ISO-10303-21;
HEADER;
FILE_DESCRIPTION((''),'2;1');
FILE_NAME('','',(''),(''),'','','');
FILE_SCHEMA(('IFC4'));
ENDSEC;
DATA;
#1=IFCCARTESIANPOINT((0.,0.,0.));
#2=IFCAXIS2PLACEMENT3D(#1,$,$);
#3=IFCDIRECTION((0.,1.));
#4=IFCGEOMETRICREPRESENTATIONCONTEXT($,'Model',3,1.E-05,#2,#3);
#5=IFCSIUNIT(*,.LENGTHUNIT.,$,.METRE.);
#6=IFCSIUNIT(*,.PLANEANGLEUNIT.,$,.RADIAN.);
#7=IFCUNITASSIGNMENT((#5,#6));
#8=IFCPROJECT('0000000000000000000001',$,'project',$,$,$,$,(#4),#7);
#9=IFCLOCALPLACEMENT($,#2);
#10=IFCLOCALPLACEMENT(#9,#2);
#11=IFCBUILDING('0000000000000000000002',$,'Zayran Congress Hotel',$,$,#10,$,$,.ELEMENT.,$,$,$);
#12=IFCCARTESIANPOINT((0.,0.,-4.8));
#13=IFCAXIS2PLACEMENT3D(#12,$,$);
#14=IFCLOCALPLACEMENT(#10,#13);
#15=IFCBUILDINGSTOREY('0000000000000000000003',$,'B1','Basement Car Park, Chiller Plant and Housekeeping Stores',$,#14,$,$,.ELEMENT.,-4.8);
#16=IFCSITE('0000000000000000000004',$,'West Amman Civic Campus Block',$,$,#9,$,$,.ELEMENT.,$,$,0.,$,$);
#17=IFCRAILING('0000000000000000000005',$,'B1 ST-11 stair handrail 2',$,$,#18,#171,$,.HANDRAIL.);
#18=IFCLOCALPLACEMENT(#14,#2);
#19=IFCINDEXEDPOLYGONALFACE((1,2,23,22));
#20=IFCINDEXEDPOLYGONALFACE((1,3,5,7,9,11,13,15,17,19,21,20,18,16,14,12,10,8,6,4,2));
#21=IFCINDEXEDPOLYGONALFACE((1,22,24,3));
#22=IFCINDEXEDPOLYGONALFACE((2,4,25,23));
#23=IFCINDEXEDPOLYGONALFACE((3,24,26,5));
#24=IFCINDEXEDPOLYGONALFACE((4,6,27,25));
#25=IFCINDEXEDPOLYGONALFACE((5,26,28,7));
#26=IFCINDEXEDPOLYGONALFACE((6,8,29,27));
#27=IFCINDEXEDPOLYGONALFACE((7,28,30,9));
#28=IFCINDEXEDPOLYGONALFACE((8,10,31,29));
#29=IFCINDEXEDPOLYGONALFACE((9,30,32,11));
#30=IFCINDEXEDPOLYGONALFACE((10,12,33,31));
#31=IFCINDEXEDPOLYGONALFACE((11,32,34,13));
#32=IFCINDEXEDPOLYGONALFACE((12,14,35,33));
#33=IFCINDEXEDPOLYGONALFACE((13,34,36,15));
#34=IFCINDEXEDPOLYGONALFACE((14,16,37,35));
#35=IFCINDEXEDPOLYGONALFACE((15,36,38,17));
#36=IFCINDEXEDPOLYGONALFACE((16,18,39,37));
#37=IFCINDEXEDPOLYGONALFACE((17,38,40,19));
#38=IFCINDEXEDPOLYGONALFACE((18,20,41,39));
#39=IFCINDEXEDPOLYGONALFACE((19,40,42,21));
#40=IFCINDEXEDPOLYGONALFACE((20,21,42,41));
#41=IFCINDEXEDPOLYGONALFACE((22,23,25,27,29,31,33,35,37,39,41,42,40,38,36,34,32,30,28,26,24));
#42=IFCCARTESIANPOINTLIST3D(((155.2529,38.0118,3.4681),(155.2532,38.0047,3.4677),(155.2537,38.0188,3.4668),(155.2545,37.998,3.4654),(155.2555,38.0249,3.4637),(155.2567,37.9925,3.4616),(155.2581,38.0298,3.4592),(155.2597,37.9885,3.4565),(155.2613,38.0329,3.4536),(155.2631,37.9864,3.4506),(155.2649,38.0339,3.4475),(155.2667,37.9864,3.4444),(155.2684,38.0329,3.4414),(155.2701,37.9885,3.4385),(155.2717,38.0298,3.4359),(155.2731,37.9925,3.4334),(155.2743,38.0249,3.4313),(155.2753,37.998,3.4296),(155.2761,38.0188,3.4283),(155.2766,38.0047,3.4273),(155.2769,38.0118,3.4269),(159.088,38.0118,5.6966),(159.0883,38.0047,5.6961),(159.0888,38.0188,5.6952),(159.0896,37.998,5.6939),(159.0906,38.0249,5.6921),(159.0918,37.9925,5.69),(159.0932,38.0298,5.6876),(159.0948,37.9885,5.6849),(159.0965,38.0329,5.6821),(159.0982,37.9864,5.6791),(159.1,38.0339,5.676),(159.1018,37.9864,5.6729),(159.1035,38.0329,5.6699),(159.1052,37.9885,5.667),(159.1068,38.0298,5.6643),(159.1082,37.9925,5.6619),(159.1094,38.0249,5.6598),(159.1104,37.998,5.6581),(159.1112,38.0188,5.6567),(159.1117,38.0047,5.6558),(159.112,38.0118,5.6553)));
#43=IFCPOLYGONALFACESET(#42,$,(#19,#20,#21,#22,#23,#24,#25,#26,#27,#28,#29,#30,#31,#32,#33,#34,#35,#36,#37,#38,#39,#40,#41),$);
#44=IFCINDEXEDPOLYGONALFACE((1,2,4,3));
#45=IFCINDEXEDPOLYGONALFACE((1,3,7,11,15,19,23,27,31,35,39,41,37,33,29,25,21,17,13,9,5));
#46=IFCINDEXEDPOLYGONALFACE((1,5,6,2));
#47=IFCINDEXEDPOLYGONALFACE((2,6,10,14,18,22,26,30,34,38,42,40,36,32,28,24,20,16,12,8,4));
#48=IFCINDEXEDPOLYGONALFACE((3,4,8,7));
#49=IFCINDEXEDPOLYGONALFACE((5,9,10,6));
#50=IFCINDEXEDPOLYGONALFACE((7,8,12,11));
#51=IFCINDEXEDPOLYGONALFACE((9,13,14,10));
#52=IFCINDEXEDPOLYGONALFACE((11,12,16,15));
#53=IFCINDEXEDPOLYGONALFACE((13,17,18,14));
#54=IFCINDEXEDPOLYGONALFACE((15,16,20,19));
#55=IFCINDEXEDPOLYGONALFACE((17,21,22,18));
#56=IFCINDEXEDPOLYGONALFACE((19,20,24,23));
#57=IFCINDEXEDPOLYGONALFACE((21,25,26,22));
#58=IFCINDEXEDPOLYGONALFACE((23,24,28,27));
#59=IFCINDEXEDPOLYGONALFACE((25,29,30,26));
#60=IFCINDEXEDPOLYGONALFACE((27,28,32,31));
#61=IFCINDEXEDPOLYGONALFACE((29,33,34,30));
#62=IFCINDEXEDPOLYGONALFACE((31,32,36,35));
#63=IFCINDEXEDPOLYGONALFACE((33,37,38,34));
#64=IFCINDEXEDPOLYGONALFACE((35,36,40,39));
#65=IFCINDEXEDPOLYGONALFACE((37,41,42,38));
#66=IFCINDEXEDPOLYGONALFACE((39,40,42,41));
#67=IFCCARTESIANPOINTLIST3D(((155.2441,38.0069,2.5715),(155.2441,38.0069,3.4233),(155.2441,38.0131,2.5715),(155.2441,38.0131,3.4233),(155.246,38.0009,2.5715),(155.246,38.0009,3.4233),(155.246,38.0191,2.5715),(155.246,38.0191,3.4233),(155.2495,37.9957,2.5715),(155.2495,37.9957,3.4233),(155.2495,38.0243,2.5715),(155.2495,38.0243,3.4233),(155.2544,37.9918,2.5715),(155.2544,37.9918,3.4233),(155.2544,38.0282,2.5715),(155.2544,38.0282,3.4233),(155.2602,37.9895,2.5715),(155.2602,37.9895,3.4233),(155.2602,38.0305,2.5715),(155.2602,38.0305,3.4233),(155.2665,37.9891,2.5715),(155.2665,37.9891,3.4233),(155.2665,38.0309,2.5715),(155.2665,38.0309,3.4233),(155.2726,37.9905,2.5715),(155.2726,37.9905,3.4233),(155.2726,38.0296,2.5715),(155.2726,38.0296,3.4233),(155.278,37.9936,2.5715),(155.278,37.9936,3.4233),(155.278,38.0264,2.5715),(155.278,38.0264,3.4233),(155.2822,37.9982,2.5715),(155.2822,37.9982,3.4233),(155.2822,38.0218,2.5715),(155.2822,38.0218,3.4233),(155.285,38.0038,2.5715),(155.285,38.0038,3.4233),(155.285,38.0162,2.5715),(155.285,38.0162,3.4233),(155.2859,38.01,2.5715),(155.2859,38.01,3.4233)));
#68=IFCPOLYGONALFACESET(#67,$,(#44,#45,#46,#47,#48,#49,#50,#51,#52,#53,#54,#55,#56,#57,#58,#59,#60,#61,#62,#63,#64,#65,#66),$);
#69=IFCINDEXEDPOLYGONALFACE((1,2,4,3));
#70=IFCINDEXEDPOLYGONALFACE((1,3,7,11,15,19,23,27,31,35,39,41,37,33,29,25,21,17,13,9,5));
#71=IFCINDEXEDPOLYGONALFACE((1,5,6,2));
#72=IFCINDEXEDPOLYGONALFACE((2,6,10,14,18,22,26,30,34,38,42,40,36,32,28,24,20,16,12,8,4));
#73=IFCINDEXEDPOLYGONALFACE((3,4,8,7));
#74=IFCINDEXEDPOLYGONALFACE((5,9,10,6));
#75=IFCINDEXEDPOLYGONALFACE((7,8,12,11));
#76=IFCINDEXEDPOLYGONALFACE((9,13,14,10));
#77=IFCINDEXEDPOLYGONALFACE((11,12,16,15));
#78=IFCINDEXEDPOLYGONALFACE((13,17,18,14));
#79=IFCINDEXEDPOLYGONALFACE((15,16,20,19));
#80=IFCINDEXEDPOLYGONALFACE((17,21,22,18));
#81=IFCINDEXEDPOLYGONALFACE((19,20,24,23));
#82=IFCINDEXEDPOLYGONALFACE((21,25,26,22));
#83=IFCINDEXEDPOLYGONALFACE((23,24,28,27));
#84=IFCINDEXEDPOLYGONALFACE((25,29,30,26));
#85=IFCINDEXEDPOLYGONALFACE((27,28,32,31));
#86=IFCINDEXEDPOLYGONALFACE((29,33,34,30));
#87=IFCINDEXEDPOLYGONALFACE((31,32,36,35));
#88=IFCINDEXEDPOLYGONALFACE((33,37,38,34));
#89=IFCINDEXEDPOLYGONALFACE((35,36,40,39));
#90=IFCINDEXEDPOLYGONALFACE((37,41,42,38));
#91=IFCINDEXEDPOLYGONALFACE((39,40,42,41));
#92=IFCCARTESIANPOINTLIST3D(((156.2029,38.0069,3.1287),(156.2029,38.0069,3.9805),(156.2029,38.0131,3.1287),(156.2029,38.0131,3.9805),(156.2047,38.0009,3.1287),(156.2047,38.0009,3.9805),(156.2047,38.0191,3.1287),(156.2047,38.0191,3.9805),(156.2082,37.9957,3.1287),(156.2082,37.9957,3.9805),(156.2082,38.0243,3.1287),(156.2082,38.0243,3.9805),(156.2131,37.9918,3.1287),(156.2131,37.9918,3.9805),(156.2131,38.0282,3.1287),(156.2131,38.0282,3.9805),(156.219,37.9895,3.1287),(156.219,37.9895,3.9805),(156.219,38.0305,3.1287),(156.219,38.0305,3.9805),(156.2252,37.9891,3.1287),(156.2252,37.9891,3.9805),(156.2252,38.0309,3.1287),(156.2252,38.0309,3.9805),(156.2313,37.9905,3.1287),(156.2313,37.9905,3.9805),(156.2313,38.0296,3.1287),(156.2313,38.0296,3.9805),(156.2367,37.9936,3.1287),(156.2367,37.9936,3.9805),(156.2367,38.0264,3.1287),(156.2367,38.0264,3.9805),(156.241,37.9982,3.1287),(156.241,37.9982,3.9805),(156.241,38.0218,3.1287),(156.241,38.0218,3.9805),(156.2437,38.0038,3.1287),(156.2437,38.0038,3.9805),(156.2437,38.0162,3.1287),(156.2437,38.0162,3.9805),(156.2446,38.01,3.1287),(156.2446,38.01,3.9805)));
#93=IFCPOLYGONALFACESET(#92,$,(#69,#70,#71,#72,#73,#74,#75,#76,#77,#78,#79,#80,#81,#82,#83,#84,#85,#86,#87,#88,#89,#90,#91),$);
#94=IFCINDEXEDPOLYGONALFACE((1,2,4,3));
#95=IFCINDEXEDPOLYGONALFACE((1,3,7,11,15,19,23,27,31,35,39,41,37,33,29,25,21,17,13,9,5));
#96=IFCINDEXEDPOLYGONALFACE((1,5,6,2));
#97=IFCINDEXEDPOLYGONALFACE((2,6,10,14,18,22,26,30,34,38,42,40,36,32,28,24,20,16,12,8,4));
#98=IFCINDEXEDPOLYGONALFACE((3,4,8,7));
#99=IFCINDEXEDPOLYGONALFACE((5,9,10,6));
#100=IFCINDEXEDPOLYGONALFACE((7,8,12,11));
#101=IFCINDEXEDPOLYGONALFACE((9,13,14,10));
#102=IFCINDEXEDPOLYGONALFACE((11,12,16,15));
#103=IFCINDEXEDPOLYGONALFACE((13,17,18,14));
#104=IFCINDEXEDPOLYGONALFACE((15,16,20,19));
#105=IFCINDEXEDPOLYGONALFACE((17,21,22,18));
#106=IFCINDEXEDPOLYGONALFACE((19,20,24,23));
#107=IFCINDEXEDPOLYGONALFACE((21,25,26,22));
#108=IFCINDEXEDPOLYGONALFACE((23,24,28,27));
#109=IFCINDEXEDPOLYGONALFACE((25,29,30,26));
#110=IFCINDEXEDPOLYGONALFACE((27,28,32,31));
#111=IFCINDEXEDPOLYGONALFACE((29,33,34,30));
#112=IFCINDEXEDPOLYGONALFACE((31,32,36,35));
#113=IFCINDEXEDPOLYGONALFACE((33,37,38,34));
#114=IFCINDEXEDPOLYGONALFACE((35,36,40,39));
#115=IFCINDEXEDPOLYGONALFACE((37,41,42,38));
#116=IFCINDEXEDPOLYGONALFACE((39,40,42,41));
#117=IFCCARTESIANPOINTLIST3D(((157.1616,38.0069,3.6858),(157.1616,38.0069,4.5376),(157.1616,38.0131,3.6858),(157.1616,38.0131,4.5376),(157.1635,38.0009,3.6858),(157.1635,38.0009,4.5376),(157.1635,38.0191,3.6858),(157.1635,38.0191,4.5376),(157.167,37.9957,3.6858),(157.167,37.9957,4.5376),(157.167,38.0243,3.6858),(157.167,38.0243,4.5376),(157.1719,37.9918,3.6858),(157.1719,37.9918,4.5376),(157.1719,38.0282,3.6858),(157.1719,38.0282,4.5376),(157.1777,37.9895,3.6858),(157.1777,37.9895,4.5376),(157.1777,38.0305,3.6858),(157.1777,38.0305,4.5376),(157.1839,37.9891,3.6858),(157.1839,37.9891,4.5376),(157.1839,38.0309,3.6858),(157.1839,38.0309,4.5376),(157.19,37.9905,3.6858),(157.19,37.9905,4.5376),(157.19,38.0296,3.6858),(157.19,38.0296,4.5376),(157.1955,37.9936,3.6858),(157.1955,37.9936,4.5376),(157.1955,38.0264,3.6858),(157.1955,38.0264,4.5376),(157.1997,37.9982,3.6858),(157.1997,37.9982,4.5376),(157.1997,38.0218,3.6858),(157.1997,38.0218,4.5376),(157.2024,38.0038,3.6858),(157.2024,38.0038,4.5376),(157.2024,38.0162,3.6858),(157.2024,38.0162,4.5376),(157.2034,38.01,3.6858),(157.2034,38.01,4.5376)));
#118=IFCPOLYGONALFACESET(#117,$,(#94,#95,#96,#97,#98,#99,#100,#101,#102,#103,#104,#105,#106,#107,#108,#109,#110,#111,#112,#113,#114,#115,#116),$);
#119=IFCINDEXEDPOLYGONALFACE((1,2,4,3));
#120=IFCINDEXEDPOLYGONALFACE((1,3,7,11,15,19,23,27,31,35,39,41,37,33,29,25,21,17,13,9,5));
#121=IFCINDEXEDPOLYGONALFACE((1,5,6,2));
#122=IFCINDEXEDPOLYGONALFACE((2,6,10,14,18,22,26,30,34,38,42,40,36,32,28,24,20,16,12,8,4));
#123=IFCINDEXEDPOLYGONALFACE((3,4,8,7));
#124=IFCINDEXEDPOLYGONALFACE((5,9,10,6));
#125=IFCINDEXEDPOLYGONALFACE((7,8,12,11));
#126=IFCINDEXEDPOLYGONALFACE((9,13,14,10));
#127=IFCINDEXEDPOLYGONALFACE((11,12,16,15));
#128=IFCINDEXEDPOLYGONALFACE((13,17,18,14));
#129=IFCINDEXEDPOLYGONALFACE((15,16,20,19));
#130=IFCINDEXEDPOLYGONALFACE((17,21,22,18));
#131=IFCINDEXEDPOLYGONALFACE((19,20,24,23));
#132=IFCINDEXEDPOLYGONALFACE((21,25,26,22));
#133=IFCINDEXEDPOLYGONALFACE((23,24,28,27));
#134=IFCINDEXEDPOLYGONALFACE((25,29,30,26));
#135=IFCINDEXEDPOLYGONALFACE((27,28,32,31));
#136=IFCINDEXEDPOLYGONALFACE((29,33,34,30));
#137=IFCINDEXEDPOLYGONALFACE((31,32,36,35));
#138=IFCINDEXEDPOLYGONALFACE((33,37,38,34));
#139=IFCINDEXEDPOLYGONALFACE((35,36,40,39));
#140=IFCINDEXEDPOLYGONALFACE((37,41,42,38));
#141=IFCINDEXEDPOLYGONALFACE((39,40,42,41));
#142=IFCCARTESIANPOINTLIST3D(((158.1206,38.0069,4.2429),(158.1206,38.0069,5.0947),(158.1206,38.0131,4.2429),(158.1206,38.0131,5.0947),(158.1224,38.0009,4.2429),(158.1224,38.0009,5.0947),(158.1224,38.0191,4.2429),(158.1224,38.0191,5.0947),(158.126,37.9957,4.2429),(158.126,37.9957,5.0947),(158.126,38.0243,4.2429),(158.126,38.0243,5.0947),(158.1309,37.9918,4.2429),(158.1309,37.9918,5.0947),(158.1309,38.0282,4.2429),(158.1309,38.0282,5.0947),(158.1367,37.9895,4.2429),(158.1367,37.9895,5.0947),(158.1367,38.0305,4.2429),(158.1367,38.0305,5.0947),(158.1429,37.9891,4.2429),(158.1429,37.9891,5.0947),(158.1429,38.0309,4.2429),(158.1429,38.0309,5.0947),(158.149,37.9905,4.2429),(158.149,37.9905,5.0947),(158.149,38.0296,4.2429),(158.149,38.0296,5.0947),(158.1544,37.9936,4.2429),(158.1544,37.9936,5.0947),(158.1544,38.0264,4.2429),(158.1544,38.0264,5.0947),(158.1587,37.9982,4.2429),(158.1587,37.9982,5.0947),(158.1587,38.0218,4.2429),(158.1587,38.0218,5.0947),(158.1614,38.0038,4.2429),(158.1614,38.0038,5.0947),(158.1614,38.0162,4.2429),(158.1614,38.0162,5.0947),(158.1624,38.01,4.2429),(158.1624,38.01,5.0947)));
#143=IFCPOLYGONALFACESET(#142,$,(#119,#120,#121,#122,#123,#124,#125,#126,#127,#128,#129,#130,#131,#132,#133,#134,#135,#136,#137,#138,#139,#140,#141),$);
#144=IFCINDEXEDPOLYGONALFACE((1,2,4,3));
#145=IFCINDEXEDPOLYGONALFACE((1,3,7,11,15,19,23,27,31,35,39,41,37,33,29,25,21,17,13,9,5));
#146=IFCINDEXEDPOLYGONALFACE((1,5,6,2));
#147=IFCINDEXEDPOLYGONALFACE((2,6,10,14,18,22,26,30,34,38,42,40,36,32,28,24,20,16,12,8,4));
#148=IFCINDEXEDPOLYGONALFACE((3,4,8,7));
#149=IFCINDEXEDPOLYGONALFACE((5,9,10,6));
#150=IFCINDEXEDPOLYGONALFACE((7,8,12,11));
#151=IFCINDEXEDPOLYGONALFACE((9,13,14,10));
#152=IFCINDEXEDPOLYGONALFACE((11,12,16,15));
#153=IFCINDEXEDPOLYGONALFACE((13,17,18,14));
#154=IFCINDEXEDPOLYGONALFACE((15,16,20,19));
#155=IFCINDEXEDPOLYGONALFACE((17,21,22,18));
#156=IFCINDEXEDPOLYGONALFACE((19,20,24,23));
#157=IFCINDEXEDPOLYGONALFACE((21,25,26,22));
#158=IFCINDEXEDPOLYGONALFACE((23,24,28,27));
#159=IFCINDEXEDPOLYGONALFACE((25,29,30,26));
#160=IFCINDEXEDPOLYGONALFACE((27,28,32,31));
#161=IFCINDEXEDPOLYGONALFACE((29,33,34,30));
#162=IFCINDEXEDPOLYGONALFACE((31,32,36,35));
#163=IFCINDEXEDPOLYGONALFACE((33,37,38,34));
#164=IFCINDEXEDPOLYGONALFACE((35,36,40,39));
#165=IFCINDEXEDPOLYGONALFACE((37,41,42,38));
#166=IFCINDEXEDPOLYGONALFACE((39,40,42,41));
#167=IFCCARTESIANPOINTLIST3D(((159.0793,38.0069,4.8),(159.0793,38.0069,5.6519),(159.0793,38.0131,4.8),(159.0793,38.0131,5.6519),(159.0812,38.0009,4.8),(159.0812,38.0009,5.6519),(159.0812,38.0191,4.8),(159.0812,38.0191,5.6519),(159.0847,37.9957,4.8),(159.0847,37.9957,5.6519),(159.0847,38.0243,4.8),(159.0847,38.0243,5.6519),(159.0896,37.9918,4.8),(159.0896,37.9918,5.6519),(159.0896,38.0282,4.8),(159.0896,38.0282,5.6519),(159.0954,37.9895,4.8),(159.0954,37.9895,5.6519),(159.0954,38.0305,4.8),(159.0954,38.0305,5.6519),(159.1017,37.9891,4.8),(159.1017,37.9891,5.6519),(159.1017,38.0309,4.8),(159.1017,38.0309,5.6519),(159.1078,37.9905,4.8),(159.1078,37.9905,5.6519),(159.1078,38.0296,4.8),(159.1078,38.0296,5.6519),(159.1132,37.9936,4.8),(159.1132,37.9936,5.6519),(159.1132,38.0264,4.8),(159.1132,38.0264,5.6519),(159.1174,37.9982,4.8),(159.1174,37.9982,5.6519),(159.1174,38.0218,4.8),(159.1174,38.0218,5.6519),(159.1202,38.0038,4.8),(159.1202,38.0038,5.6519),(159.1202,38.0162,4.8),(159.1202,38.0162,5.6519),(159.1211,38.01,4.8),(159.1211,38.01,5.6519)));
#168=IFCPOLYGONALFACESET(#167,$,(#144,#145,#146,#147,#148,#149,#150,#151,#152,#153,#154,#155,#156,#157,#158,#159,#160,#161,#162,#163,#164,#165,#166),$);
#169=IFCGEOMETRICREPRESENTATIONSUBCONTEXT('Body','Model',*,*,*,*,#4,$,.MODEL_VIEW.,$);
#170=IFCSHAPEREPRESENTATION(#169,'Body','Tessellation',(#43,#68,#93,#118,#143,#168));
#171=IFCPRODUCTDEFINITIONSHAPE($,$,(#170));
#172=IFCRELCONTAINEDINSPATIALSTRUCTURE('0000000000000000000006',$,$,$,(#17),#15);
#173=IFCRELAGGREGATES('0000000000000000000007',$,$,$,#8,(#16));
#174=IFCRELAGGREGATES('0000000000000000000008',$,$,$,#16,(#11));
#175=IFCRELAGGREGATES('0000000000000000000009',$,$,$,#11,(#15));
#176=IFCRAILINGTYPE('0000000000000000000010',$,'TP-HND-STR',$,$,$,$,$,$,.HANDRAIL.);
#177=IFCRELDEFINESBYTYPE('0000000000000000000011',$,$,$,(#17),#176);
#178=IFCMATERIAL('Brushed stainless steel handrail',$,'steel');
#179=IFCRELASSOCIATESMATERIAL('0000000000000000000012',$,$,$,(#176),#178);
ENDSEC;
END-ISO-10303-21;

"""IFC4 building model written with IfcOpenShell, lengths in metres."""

from ifc_helpers import new_model, si_unit, direction, frame, origin, origin_2d, place, context, subcontext, project, spatial, circle, extrude, material, type_object, element, save


model = new_model("IFC4")

# Units and contexts
model_context = context("Model", 3, precision=1e-05, world=origin(), true_north=direction((0.0, 1.0)))
body_context = subcontext(model_context, "Body", "Model", "MODEL_VIEW")
ifc_project = project(units=[si_unit("LENGTHUNIT", "METRE"), si_unit("PLANEANGLEUNIT", "RADIAN")], contexts=[model_context])

# Site, building, storey
site_placement = place(None, origin())
site = spatial("IfcSite", under=ifc_project, at=site_placement, Name="West Amman Civic Campus Block", CompositionType="ELEMENT", RefElevation=0.0)
building_placement = place(site_placement, origin())
building = spatial("IfcBuilding", under=site, at=building_placement, Name="Zayran Congress Hotel", CompositionType="ELEMENT")
storey_placement = place(building_placement, frame((0.0, 0.0, -4.8)))
storey = spatial("IfcBuildingStorey", under=building, at=storey_placement, Name="B1", Description="Basement Car Park, Chiller Plant and Housekeeping Stores", CompositionType="ELEMENT", Elevation=-4.8)

# Railing
ifc_material_1 = material(Name="Brushed stainless steel handrail", Category="steel")
railing_type_1 = type_object("IfcRailingType", Name="TP-HND-STR", PredefinedType="HANDRAIL", material=ifc_material_1)
railing_1_placement = place(storey_placement, frame((155.2649, 38.01, 2.5715)))
element("IfcRailing", 1, at=railing_1_placement, inside=storey, type_object=railing_type_1, Name="B1 ST-11 stair handrail 2", PredefinedType="HANDRAIL", context=body_context, shape_type="SweptSolid", body=[
    extrude(circle(Radius=0.0239, at=origin_2d()), frame((0.0, 0.0, 0.876), z_axis=(0.86463, 0.0, 0.502409), x_axis=(0.0, 1.0, 0.0)), (0.0, 0.0, 1.0), 4.4355),
    extrude(circle(Radius=0.021, at=origin_2d()), origin(), (0.0, 0.0, 1.0), 0.8518),
    extrude(circle(Radius=0.021, at=origin_2d()), frame((0.9587, 0.0, 0.5571)), (0.0, 0.0, 1.0), 0.8518),
    extrude(circle(Radius=0.021, at=origin_2d()), frame((1.9175, 0.0, 1.1143)), (0.0, 0.0, 1.0), 0.8518),
    extrude(circle(Radius=0.021, at=origin_2d()), frame((2.8765, 0.0, 1.6714)), (0.0, 0.0, 1.0), 0.8518),
    extrude(circle(Radius=0.021, at=origin_2d()), frame((3.8352, 0.0, 2.2285)), (0.0, 0.0, 1.0), 0.8518),
])

save(model, "model.ifc")
